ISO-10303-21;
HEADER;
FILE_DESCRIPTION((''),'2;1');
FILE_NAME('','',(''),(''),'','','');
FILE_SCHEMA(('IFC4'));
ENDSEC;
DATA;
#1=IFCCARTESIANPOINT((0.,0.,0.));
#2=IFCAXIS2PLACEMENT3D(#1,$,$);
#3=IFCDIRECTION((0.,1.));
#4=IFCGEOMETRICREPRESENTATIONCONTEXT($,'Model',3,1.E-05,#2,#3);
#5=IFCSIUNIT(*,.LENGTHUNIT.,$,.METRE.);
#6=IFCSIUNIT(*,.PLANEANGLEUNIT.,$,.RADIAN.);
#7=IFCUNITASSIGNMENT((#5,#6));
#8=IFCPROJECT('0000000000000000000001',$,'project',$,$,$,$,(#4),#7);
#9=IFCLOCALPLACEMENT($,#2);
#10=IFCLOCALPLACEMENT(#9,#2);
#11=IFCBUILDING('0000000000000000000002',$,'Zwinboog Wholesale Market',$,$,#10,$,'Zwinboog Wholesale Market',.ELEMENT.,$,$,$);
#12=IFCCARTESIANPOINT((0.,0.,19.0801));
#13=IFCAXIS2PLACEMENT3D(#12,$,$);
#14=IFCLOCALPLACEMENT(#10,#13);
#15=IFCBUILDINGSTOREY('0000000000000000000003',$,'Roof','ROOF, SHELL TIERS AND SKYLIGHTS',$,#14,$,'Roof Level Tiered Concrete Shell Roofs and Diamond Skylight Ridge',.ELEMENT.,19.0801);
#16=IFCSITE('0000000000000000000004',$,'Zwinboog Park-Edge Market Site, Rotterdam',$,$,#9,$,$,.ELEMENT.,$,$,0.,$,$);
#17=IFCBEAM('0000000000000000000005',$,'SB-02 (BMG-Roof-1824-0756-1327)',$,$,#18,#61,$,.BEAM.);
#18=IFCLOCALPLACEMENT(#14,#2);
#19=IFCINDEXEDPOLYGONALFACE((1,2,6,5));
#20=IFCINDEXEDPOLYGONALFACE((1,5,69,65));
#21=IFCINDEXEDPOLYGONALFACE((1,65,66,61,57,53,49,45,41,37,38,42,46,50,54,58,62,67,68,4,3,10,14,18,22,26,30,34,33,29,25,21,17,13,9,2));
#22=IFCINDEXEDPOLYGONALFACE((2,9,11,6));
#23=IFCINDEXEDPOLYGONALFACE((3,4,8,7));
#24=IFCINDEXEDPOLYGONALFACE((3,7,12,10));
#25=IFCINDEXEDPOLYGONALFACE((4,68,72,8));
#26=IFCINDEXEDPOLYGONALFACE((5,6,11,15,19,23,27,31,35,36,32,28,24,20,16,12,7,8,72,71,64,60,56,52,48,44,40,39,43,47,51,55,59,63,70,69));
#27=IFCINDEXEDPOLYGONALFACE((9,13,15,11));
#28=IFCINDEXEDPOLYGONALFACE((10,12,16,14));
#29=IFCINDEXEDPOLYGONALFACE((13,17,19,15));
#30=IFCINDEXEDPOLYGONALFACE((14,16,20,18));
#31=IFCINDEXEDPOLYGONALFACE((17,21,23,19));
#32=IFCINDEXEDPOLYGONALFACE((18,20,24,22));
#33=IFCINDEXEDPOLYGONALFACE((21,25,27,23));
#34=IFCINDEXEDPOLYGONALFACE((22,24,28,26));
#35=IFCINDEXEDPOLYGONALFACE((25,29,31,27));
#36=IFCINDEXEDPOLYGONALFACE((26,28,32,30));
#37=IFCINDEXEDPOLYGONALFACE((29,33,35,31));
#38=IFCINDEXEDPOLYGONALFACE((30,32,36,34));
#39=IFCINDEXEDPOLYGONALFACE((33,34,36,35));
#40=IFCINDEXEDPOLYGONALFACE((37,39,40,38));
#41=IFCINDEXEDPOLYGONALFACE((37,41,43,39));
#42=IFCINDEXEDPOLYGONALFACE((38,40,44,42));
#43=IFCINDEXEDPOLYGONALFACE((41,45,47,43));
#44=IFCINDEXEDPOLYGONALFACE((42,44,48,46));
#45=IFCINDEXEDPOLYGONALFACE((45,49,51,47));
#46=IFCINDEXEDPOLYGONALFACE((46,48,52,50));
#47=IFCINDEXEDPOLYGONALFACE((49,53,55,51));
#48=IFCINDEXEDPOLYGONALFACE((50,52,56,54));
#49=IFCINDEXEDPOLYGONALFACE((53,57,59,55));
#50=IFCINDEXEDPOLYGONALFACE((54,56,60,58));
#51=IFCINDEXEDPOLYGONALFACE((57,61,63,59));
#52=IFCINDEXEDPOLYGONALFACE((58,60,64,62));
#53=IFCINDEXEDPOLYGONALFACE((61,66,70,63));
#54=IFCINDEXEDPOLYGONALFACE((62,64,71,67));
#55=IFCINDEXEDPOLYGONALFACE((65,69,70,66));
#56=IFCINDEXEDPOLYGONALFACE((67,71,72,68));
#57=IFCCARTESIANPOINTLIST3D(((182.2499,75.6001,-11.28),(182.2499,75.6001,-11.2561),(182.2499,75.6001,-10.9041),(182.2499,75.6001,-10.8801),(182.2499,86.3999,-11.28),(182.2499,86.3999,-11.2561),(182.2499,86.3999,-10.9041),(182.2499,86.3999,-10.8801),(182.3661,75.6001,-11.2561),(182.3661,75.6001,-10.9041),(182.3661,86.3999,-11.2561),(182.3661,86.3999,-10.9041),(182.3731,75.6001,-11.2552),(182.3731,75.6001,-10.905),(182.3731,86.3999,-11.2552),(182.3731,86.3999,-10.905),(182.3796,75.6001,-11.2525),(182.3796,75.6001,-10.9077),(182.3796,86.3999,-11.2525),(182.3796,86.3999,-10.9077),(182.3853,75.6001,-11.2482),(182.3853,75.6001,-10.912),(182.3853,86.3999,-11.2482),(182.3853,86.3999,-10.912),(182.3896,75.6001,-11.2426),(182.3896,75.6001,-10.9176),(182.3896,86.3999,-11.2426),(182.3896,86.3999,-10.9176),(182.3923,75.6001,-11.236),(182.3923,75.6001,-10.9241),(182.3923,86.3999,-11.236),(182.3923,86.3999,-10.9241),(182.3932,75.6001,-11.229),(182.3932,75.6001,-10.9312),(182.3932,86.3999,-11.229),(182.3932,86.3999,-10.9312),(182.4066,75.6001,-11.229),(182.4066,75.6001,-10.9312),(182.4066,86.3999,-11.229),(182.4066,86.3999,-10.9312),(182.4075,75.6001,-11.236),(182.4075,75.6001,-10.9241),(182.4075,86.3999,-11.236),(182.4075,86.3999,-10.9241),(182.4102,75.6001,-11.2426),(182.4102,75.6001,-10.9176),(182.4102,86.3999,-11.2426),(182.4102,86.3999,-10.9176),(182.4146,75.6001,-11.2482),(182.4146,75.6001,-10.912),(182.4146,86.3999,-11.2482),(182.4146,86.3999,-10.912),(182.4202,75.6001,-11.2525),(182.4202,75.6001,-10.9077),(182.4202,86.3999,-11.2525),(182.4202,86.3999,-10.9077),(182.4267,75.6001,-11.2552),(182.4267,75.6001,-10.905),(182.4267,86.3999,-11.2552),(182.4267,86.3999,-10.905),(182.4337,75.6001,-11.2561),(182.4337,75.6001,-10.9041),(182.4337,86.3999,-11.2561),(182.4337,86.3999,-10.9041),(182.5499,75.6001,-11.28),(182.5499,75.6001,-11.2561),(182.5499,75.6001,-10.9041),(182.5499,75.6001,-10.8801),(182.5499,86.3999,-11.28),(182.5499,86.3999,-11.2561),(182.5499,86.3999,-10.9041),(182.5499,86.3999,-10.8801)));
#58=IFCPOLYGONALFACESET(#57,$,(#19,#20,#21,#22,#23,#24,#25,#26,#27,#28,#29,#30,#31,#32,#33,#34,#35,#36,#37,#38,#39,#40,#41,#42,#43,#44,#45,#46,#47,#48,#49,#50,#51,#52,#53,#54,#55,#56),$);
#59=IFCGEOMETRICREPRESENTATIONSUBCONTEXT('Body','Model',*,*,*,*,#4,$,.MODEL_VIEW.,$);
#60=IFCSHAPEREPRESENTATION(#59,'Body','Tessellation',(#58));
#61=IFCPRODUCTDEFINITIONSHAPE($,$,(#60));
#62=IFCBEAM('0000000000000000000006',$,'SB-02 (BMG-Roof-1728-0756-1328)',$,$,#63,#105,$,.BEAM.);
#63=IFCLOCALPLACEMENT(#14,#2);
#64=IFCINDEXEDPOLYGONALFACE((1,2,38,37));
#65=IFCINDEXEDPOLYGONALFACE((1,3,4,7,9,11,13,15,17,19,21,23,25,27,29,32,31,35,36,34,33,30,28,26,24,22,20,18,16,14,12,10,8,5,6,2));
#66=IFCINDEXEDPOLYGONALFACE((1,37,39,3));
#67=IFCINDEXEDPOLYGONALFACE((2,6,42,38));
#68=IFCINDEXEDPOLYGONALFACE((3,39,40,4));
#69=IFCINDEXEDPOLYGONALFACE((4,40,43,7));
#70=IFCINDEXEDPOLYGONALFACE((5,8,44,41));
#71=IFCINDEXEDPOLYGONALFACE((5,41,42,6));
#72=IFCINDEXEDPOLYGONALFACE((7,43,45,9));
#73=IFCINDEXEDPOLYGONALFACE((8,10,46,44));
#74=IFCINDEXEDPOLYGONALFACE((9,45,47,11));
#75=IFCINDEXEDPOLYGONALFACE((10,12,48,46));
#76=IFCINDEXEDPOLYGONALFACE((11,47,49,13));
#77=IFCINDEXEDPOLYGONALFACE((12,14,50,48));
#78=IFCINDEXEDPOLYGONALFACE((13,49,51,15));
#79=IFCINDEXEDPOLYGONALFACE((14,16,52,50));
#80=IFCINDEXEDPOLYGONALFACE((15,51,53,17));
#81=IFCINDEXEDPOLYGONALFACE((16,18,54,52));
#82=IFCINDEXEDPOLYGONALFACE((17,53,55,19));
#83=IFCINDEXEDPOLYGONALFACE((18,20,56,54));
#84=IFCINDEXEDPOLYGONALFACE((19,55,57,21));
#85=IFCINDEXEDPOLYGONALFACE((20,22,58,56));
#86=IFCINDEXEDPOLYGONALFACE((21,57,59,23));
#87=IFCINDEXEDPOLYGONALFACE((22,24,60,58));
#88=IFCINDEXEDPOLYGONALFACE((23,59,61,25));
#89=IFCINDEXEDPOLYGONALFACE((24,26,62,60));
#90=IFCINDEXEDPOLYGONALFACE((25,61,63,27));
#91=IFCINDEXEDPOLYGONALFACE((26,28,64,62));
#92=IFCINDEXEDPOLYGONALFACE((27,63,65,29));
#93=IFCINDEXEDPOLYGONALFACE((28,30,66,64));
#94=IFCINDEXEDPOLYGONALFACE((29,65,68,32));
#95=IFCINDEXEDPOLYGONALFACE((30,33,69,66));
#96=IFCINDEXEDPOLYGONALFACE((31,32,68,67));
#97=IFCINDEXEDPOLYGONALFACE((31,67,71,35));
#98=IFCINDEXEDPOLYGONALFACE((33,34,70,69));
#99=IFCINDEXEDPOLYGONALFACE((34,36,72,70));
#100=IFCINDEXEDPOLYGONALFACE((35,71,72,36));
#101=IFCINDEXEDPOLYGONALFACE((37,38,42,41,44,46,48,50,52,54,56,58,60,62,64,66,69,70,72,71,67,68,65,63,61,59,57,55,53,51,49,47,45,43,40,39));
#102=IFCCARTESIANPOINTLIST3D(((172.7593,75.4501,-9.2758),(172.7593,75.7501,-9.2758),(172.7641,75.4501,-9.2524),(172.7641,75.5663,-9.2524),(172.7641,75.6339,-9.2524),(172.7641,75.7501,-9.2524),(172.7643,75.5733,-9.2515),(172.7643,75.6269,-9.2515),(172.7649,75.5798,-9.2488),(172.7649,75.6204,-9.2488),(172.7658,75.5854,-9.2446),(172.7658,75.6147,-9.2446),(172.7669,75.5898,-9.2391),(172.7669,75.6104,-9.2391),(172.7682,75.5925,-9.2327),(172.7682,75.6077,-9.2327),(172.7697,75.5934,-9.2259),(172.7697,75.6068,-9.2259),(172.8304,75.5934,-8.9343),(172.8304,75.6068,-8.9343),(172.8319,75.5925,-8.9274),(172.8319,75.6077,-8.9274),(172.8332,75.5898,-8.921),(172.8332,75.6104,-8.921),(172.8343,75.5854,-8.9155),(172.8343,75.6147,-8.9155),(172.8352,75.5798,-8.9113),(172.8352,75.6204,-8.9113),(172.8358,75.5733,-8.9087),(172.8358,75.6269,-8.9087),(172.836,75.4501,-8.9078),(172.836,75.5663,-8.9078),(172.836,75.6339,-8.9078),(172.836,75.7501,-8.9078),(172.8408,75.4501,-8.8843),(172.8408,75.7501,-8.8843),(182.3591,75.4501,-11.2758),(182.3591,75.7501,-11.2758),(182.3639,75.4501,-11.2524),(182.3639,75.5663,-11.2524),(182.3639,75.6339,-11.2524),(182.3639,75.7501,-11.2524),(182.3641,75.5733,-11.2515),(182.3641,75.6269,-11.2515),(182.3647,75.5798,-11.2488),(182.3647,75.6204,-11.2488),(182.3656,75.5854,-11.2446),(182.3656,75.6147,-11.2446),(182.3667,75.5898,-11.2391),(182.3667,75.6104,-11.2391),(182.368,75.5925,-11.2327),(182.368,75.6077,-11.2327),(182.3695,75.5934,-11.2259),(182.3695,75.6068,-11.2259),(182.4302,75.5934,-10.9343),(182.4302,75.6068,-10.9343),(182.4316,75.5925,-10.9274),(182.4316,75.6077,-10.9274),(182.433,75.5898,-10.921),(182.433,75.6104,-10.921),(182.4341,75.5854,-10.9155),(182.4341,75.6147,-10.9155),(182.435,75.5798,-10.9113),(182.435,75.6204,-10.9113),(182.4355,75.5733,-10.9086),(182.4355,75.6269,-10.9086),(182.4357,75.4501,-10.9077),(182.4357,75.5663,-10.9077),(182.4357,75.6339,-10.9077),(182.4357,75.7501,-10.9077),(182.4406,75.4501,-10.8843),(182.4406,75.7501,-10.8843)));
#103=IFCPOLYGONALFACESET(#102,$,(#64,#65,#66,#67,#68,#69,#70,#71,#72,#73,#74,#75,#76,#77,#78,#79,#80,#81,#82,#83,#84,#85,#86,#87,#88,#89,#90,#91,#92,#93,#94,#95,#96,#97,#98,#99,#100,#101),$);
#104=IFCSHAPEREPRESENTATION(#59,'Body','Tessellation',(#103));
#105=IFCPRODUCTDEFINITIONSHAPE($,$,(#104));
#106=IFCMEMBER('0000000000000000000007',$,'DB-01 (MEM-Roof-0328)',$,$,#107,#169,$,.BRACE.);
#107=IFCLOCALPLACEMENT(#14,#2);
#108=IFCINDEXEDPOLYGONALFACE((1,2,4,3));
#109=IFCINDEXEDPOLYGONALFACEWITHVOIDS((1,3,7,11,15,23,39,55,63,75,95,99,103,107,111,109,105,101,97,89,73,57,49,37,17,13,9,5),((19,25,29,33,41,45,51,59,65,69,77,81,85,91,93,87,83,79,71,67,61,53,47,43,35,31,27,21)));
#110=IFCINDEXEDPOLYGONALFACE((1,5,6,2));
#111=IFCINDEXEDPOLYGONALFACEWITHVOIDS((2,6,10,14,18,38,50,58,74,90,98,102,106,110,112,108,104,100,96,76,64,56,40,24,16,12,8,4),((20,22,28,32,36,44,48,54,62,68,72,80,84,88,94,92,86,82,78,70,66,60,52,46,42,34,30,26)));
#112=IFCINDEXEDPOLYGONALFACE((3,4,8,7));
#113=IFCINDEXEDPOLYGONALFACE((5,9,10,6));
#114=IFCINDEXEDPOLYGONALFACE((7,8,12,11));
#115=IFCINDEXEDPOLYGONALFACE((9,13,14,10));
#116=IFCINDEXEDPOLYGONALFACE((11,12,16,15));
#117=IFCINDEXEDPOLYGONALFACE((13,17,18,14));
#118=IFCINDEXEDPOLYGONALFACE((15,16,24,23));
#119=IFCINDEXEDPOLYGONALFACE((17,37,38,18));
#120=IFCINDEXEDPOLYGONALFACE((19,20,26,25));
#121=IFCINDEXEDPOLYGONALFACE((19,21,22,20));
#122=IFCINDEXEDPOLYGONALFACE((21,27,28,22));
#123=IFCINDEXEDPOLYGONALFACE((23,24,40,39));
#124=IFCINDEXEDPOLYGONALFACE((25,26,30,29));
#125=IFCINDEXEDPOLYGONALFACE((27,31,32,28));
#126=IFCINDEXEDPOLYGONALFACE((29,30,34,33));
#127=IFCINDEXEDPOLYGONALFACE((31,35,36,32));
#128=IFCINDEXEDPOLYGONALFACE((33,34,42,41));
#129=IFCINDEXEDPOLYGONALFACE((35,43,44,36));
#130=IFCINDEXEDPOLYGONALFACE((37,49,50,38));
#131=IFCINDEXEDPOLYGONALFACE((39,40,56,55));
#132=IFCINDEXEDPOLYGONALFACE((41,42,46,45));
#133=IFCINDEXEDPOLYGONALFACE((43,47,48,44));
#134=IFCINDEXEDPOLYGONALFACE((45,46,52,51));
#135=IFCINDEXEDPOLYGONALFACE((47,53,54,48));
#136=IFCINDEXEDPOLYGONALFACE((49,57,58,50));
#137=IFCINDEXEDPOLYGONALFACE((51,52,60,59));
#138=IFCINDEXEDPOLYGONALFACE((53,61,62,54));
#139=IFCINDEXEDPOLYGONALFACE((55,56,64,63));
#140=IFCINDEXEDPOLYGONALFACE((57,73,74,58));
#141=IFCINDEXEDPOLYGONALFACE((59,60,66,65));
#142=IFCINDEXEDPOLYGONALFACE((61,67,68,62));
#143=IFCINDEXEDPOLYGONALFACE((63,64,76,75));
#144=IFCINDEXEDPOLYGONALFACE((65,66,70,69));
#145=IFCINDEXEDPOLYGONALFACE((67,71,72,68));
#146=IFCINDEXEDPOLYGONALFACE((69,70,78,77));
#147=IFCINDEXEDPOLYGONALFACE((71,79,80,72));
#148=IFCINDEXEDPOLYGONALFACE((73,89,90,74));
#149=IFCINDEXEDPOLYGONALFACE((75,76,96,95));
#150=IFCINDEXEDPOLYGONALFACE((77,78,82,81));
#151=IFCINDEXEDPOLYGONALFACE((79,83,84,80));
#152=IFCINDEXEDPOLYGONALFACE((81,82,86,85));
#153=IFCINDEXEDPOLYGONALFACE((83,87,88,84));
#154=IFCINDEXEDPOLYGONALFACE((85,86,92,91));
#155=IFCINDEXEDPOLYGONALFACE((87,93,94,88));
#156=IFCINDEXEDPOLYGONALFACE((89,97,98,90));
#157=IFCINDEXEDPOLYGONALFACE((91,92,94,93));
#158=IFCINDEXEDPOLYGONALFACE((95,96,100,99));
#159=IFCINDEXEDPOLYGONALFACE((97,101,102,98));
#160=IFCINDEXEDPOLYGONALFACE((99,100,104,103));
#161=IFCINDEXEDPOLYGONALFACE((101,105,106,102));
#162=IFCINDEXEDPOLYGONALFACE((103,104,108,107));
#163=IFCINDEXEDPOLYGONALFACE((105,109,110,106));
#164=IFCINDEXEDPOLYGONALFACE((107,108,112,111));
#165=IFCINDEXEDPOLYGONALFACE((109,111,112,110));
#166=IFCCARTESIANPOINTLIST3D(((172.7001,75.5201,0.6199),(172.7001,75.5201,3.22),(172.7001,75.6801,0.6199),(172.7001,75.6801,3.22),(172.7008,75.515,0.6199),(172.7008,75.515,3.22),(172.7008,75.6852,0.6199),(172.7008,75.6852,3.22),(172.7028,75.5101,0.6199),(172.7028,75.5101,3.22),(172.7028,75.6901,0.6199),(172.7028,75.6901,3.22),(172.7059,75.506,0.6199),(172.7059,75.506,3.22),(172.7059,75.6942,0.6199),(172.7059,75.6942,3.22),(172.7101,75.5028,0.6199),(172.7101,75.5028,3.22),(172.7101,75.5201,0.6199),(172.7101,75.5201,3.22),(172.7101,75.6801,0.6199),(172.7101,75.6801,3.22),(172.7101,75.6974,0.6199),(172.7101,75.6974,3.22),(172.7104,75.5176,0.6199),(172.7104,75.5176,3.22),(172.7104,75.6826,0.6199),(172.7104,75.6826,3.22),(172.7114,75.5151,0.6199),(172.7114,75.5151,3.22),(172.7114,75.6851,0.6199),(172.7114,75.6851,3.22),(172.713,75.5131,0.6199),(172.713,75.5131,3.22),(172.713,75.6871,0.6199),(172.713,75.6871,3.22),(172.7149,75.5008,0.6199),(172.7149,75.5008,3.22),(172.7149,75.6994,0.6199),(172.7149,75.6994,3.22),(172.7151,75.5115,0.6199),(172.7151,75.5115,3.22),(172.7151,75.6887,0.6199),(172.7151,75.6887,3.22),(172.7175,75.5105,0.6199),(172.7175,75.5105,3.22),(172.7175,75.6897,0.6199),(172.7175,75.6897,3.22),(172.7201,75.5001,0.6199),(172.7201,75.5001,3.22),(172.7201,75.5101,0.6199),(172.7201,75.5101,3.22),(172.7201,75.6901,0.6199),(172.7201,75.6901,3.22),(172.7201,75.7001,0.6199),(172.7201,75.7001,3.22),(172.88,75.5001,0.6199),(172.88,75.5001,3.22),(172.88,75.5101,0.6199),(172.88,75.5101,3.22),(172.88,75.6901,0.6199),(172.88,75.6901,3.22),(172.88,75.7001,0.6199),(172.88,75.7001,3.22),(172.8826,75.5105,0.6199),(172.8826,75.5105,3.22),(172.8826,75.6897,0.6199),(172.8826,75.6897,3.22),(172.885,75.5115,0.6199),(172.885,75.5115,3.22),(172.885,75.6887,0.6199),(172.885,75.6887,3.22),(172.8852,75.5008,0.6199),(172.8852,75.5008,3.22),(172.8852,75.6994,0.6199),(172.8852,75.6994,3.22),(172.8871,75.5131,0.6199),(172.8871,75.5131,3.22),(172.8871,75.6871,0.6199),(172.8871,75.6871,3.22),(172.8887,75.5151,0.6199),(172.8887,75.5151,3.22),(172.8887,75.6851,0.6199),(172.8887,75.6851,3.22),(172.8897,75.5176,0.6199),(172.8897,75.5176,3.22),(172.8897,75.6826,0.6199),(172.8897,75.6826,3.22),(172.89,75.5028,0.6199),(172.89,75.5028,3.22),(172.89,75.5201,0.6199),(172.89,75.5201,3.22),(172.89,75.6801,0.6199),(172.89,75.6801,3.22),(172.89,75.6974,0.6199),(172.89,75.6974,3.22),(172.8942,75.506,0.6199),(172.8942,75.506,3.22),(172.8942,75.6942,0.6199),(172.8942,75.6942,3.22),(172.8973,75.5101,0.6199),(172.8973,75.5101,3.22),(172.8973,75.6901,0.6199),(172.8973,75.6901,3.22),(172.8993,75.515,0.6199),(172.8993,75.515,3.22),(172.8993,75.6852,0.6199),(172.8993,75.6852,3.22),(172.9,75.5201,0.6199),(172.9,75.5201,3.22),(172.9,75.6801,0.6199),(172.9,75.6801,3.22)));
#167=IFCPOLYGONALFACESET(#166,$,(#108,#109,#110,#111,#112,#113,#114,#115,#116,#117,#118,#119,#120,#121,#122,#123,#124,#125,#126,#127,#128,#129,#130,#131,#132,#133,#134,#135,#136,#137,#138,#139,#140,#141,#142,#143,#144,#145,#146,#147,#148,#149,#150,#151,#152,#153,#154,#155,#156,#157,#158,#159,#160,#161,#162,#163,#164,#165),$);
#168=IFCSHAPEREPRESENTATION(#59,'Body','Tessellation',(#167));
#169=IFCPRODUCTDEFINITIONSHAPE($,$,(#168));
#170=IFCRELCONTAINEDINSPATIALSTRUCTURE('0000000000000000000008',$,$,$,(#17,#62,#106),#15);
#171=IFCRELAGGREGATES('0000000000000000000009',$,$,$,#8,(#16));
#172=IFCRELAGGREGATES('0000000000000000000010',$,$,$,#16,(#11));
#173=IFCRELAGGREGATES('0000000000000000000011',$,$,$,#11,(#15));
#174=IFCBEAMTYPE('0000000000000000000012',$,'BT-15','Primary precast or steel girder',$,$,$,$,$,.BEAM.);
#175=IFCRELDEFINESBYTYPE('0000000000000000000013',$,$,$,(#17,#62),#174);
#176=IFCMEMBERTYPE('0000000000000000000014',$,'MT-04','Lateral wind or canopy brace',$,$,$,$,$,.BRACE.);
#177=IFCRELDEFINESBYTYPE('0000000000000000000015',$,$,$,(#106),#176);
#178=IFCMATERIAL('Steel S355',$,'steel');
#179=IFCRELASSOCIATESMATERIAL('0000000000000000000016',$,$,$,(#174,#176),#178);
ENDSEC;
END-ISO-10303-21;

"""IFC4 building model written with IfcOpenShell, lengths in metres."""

from ifc_helpers import new_model, si_unit, direction, frame, origin, origin_2d, place, context, subcontext, project, spatial, hollow_rectangle, i_section, extrude, material, material_profile, profile_set, type_object, element, save


model = new_model("IFC4")

# Units and contexts
model_context = context("Model", 3, precision=1e-05, world=origin(), true_north=direction((0.0, 1.0)))
body_context = subcontext(model_context, "Body", "Model", "MODEL_VIEW")
ifc_project = project(units=[si_unit("LENGTHUNIT", "METRE"), si_unit("PLANEANGLEUNIT", "RADIAN")], contexts=[model_context])

# Site, building, storey
site_placement = place(None, origin())
site = spatial("IfcSite", under=ifc_project, at=site_placement, Name="Zwinboog Park-Edge Market Site, Rotterdam", CompositionType="ELEMENT", RefElevation=0.0)
building_placement = place(site_placement, origin())
building = spatial("IfcBuilding", under=site, at=building_placement, Name="Zwinboog Wholesale Market", LongName="Zwinboog Wholesale Market", CompositionType="ELEMENT")
storey_placement = place(building_placement, frame((0.0, 0.0, 19.0801)))
storey = spatial("IfcBuildingStorey", under=building, at=storey_placement, Name="Roof", Description="ROOF, SHELL TIERS AND SKYLIGHTS", LongName="Roof Level Tiered Concrete Shell Roofs and Diamond Skylight Ridge", CompositionType="ELEMENT", Elevation=19.0801)

# Beams
ifc_material_1 = material(Name="Steel S355", Category="steel")
ifc_material_profile_1 = material_profile(ifc_material_1, i_section(OverallWidth=0.3, OverallDepth=0.3999, WebThickness=0.0134, FlangeThickness=0.0239, FilletRadius=0.0271, at=origin_2d()), Name="HEB 400")
ifc_profile_set_1 = profile_set([ifc_material_profile_1], Name="Steel S355")
beam_type = type_object("IfcBeamType", Name="BT-15", Description="Primary precast or steel girder", PredefinedType="BEAM", material=ifc_profile_set_1)
beam_1_placement = place(storey_placement, frame((182.3999, 75.6001, -11.0801), z_axis=(0.0, 1.0, 0.0), x_axis=(-1.0, 0.0, 0.0)))
element("IfcBeam", 1, at=beam_1_placement, inside=storey, type_object=beam_type, Name="SB-02 (BMG-Roof-1824-0756-1327)", PredefinedType="BEAM", context=body_context, shape_type="SweptSolid", body=[
    extrude(i_section(OverallWidth=0.3, OverallDepth=0.3999, WebThickness=0.0134, FlangeThickness=0.0239, FilletRadius=0.0271, at=origin_2d()), origin(), (0.0, 0.0, 1.0), 10.7998),
])
beam_2_placement = place(storey_placement, frame((172.8, 75.6001, -9.0801), z_axis=(0.97898, 0.0, -0.203957), x_axis=(0.0, 1.0, 0.0)))
element("IfcBeam", 2, at=beam_2_placement, inside=storey, type_object=beam_type, Name="SB-02 (BMG-Roof-1728-0756-1328)", PredefinedType="BEAM", context=body_context, shape_type="SweptSolid", body=[
    extrude(i_section(OverallWidth=0.3, OverallDepth=0.3999, WebThickness=0.0134, FlangeThickness=0.0239, FilletRadius=0.0271, at=origin_2d()), origin(), (0.0, 0.0, 1.0), 9.8059),
])

# Member
ifc_material_profile_2 = material_profile(ifc_material_1, hollow_rectangle(XDim=0.2, YDim=0.2, WallThickness=0.01, InnerFilletRadius=0.01, OuterFilletRadius=0.02, at=origin_2d()), Name="SHS 200x200x10")
ifc_profile_set_2 = profile_set([ifc_material_profile_2], Name="Steel S355")
member_type_1 = type_object("IfcMemberType", Name="MT-04", Description="Lateral wind or canopy brace", PredefinedType="BRACE", material=ifc_profile_set_2)
member_1_placement = place(storey_placement, frame((172.8, 75.6001, 0.6199), z_axis=(0.0, 0.0, 1.0), x_axis=(1.0, 0.0, 0.0)))
element("IfcMember", 3, at=member_1_placement, inside=storey, type_object=member_type_1, Name="DB-01 (MEM-Roof-0328)", PredefinedType="BRACE", context=body_context, shape_type="SweptSolid", body=[
    extrude(hollow_rectangle(XDim=0.2, YDim=0.2, WallThickness=0.01, InnerFilletRadius=0.01, OuterFilletRadius=0.02, at=origin_2d()), origin(), (0.0, 0.0, 1.0), 2.6001),
])

save(model, "model.ifc")
